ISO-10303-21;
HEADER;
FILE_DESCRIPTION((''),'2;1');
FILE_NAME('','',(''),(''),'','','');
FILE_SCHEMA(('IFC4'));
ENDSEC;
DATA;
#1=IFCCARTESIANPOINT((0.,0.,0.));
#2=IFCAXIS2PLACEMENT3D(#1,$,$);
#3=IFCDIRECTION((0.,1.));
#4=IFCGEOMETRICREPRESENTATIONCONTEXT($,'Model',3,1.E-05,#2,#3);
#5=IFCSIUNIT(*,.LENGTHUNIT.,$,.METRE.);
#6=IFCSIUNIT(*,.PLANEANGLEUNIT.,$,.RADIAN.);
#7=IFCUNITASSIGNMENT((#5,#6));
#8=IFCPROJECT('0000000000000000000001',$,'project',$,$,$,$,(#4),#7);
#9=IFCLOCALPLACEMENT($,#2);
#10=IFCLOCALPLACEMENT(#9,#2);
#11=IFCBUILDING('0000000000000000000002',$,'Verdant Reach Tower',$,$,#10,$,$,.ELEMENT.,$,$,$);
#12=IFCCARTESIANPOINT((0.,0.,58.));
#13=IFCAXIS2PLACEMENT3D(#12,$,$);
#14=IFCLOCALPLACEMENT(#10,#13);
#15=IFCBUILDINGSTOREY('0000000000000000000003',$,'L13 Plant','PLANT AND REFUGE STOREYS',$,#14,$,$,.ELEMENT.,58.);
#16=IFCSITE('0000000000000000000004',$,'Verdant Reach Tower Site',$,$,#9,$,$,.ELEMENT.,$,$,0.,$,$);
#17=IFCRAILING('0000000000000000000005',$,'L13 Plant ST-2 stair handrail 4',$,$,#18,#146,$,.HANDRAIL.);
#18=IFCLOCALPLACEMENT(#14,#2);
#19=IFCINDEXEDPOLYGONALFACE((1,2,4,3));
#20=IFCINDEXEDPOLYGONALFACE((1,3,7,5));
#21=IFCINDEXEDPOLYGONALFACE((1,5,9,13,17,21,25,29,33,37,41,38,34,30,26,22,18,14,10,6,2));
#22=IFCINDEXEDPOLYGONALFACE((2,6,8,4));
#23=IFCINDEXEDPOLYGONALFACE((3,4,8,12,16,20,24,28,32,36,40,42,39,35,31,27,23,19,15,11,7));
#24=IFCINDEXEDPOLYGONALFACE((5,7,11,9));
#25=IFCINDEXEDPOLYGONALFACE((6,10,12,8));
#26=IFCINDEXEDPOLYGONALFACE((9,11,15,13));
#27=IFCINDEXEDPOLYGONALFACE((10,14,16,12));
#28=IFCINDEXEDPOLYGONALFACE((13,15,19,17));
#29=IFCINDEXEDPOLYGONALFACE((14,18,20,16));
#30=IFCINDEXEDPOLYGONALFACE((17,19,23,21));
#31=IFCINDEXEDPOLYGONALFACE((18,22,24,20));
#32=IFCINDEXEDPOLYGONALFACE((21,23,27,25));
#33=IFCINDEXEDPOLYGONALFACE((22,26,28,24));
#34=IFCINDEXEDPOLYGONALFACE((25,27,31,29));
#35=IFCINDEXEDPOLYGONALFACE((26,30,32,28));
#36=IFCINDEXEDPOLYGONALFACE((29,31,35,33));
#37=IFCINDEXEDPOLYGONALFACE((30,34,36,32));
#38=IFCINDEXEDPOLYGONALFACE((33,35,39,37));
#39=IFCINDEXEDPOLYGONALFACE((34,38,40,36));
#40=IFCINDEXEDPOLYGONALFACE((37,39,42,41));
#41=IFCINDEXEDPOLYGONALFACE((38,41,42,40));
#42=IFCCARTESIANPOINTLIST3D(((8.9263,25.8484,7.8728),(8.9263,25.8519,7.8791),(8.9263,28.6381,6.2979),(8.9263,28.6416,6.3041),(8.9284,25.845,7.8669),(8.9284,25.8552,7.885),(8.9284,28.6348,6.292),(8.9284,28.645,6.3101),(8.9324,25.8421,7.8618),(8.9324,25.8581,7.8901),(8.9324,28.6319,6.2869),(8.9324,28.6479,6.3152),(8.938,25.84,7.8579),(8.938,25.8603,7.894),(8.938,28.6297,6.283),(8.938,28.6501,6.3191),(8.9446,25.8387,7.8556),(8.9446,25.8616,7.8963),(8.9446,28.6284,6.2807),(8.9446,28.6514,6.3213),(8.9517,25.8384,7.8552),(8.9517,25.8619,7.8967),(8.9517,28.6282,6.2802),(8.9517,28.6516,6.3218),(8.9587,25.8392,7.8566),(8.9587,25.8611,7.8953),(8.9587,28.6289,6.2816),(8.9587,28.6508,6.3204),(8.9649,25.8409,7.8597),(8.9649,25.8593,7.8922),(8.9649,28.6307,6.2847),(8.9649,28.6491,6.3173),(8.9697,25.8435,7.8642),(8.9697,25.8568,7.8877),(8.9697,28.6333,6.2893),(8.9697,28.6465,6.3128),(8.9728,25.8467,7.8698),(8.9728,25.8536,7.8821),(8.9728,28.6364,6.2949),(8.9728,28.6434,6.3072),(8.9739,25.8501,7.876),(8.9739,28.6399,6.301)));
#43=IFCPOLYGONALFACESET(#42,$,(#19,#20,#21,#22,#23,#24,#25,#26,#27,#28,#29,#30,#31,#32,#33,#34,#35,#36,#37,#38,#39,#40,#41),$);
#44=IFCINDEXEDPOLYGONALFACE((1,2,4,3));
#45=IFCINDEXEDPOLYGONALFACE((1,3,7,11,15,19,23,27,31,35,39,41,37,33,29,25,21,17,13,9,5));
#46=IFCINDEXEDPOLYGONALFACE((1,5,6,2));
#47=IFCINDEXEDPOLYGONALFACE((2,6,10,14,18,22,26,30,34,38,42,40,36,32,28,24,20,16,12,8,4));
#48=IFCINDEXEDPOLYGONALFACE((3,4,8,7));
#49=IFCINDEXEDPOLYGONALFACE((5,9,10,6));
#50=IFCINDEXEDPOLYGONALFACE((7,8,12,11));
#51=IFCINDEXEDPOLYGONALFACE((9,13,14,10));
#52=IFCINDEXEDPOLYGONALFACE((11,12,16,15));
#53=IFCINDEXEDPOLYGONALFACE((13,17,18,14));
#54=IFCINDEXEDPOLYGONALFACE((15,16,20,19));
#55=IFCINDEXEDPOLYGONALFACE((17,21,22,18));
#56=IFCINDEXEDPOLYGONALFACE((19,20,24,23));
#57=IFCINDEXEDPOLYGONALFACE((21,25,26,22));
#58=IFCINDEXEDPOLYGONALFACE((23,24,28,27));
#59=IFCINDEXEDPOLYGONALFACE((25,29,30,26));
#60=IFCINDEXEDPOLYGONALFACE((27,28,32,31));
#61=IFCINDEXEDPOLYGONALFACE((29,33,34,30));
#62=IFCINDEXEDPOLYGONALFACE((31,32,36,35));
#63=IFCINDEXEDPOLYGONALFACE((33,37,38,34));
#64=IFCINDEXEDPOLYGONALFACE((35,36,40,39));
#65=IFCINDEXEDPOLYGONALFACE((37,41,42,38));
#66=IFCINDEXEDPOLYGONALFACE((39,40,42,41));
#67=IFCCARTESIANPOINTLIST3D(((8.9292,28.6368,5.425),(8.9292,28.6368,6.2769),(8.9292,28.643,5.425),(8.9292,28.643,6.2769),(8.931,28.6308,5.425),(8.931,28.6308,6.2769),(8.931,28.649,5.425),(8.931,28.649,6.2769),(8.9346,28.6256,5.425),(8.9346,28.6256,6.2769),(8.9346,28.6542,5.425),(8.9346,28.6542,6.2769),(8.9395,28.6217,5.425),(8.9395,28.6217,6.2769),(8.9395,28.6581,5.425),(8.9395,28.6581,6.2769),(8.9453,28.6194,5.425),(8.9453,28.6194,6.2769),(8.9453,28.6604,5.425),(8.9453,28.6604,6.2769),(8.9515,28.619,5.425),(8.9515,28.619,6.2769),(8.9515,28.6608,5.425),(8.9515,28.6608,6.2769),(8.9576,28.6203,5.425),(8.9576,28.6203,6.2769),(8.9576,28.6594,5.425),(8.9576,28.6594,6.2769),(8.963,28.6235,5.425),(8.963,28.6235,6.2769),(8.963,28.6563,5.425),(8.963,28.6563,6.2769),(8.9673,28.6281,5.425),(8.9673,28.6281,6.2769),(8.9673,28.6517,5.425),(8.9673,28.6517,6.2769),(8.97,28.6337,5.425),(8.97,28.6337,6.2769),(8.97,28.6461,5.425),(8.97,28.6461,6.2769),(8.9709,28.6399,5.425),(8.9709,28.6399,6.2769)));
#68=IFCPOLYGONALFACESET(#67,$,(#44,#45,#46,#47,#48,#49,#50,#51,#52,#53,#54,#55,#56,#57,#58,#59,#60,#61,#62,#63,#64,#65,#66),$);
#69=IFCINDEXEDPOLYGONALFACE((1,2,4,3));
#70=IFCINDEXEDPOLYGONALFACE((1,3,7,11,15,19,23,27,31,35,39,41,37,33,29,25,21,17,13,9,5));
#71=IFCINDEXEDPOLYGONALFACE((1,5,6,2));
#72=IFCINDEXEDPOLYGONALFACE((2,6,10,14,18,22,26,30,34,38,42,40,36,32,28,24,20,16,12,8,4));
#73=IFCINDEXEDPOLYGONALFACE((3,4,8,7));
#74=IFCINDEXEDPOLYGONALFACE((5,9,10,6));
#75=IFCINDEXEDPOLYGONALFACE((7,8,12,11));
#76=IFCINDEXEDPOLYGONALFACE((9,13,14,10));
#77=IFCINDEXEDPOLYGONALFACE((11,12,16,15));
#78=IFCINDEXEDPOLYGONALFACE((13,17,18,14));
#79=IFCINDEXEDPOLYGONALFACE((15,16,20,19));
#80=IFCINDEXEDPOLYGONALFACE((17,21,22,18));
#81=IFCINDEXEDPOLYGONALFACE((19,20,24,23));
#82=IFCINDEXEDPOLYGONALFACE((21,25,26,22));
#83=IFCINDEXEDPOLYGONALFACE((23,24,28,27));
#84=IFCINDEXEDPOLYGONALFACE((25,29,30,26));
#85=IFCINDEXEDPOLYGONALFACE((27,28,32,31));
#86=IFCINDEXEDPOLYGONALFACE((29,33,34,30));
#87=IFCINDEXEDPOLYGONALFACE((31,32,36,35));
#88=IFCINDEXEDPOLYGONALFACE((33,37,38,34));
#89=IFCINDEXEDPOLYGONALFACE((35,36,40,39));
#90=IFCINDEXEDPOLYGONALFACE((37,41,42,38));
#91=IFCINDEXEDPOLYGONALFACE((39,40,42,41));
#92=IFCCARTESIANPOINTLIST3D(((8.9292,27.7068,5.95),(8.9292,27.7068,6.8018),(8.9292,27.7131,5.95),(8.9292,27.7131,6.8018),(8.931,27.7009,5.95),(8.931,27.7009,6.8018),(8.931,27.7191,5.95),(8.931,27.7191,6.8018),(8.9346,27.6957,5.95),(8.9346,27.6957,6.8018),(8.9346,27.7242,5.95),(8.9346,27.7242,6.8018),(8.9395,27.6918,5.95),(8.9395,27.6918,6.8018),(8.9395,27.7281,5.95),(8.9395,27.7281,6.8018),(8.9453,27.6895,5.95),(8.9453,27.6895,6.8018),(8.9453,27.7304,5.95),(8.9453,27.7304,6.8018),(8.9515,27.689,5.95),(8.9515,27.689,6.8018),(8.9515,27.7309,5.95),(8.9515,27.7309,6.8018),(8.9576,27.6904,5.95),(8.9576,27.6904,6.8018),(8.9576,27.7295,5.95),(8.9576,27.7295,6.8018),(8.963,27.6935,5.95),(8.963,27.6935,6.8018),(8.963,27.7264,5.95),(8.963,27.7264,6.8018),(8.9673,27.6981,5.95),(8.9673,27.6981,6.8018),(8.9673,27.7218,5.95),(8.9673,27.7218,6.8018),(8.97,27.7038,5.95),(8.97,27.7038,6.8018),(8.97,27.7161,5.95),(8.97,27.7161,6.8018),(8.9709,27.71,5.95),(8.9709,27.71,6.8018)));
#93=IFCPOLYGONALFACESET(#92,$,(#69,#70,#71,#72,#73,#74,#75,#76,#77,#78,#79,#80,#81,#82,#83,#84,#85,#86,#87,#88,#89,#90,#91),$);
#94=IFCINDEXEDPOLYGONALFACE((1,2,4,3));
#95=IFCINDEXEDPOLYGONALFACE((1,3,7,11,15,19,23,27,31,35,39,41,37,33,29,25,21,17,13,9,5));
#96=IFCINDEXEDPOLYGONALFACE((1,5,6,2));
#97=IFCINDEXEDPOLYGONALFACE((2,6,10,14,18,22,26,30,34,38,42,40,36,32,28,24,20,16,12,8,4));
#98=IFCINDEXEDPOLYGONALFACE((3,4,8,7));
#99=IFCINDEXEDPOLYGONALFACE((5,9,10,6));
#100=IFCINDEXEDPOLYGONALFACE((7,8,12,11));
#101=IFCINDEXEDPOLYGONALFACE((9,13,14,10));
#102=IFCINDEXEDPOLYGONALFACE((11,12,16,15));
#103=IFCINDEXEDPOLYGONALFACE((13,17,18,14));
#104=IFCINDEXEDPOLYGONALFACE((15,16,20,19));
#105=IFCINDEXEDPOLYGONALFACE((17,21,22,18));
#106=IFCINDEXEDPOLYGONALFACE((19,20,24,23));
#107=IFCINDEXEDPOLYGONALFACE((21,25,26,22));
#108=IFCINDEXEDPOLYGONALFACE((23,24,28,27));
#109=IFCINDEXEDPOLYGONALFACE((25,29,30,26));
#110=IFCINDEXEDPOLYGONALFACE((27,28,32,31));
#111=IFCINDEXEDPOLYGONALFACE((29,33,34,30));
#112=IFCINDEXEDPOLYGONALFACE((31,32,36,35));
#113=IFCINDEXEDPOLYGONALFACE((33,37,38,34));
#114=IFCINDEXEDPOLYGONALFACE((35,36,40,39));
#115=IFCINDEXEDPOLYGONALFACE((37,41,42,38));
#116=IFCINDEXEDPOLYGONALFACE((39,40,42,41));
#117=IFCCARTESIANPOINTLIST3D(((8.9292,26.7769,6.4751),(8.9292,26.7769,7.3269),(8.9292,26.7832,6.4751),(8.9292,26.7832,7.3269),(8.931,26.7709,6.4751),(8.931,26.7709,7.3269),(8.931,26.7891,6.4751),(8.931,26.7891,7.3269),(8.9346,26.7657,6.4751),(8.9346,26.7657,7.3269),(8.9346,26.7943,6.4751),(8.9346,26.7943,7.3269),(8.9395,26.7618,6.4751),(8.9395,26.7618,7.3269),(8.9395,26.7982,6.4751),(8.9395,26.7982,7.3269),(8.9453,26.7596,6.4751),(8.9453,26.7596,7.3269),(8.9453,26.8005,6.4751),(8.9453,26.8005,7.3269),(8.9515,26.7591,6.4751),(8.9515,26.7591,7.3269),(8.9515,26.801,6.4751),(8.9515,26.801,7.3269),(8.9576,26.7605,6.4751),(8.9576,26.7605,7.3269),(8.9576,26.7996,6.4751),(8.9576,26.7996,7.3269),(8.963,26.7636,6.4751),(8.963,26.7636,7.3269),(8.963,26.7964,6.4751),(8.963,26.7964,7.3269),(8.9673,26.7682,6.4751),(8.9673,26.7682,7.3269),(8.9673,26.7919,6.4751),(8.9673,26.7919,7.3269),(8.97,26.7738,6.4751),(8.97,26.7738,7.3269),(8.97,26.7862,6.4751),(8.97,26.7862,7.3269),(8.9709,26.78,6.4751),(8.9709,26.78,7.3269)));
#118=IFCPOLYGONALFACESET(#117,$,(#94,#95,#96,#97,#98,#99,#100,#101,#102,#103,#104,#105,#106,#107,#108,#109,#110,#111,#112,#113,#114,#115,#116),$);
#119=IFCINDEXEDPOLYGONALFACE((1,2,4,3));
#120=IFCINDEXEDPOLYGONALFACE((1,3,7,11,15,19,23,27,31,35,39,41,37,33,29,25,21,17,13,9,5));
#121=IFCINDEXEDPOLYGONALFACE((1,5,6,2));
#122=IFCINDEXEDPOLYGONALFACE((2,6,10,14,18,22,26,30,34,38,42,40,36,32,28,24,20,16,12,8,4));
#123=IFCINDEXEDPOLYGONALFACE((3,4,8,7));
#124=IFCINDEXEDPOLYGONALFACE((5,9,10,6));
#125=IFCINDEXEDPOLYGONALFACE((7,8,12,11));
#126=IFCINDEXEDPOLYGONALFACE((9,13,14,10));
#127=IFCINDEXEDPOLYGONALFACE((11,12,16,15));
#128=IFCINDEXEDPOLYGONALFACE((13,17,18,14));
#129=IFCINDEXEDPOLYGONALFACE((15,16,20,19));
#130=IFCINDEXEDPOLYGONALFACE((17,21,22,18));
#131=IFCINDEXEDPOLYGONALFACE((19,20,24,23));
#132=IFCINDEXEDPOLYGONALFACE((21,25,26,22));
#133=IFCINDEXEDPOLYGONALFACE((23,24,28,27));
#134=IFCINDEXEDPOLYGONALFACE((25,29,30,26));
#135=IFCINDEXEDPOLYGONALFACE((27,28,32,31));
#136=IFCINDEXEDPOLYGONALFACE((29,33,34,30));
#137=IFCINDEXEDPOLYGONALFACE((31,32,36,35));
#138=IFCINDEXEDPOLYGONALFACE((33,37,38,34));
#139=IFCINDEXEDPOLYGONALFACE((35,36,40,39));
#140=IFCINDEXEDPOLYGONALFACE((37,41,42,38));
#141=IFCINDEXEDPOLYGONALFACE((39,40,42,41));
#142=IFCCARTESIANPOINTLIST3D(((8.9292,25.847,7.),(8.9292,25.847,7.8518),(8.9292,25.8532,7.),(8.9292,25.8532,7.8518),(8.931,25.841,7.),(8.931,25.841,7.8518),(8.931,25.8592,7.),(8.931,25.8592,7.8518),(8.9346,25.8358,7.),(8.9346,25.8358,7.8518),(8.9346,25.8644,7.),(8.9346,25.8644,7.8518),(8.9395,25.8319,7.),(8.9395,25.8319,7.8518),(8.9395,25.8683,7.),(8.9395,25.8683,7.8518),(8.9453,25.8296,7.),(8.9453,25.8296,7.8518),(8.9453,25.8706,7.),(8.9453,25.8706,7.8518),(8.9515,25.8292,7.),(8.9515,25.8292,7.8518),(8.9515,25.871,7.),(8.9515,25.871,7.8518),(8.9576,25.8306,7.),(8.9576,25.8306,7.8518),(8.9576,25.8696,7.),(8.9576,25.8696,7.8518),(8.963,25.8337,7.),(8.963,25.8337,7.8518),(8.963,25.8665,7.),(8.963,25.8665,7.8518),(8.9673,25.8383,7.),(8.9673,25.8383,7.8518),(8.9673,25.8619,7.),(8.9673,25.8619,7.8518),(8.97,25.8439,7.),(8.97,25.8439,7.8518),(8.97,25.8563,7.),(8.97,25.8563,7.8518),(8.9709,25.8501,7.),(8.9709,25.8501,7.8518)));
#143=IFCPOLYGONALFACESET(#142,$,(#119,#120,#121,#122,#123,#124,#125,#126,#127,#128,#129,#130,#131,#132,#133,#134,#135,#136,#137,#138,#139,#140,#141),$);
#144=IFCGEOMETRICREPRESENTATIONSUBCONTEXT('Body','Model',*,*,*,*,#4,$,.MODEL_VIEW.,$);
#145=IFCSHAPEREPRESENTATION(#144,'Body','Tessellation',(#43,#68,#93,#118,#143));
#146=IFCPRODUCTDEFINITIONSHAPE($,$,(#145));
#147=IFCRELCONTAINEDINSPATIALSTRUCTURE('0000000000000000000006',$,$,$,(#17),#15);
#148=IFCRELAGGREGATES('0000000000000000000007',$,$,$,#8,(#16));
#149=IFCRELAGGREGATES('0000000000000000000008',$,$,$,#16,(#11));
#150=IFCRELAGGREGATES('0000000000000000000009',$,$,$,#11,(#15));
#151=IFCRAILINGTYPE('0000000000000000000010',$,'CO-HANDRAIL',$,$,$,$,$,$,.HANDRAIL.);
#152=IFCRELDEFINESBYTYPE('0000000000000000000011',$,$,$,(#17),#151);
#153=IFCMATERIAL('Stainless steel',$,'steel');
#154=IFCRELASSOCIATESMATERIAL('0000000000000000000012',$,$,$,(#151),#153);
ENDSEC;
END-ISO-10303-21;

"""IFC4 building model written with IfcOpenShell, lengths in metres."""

from ifc_helpers import new_model, si_unit, direction, frame, origin, origin_2d, place, context, subcontext, project, spatial, circle, extrude, material, type_object, element, save


model = new_model("IFC4")

# Units and contexts
model_context = context("Model", 3, precision=1e-05, world=origin(), true_north=direction((0.0, 1.0)))
body_context = subcontext(model_context, "Body", "Model", "MODEL_VIEW")
ifc_project = project(units=[si_unit("LENGTHUNIT", "METRE"), si_unit("PLANEANGLEUNIT", "RADIAN")], contexts=[model_context])

# Site, building, storey
site_placement = place(None, origin())
site = spatial("IfcSite", under=ifc_project, at=site_placement, Name="Verdant Reach Tower Site", CompositionType="ELEMENT", RefElevation=0.0)
building_placement = place(site_placement, origin())
building = spatial("IfcBuilding", under=site, at=building_placement, Name="Verdant Reach Tower", CompositionType="ELEMENT")
storey_placement = place(building_placement, frame((0.0, 0.0, 58.0)))
storey = spatial("IfcBuildingStorey", under=building, at=storey_placement, Name="L13 Plant", Description="PLANT AND REFUGE STOREYS", CompositionType="ELEMENT", Elevation=58.0)

# Railing
ifc_material_1 = material(Name="Stainless steel", Category="steel")
railing_type_1 = type_object("IfcRailingType", Name="CO-HANDRAIL", PredefinedType="HANDRAIL", material=ifc_material_1)
railing_1_placement = place(storey_placement, frame((8.95, 28.6399, 5.425)))
element("IfcRailing", 1, at=railing_1_placement, inside=storey, type_object=railing_type_1, Name="L13 Plant ST-2 stair handrail 4", PredefinedType="HANDRAIL", context=body_context, shape_type="SweptSolid", body=[
    extrude(circle(Radius=0.0239, at=origin_2d()), frame((0.0, 0.0, 0.876), z_axis=(0.0, -0.870815, 0.49161), x_axis=(1.0, 0.0, 0.0)), (0.0, 0.0, 1.0), 3.2036),
    extrude(circle(Radius=0.021, at=origin_2d()), origin(), (0.0, 0.0, 1.0), 0.8518),
    extrude(circle(Radius=0.021, at=origin_2d()), frame((0.0, -0.9299, 0.5249)), (0.0, 0.0, 1.0), 0.8518),
    extrude(circle(Radius=0.021, at=origin_2d()), frame((0.0, -1.8599, 1.05)), (0.0, 0.0, 1.0), 0.8518),
    extrude(circle(Radius=0.021, at=origin_2d()), frame((0.0, -2.7898, 1.575)), (0.0, 0.0, 1.0), 0.8518),
])

save(model, "model.ifc")
